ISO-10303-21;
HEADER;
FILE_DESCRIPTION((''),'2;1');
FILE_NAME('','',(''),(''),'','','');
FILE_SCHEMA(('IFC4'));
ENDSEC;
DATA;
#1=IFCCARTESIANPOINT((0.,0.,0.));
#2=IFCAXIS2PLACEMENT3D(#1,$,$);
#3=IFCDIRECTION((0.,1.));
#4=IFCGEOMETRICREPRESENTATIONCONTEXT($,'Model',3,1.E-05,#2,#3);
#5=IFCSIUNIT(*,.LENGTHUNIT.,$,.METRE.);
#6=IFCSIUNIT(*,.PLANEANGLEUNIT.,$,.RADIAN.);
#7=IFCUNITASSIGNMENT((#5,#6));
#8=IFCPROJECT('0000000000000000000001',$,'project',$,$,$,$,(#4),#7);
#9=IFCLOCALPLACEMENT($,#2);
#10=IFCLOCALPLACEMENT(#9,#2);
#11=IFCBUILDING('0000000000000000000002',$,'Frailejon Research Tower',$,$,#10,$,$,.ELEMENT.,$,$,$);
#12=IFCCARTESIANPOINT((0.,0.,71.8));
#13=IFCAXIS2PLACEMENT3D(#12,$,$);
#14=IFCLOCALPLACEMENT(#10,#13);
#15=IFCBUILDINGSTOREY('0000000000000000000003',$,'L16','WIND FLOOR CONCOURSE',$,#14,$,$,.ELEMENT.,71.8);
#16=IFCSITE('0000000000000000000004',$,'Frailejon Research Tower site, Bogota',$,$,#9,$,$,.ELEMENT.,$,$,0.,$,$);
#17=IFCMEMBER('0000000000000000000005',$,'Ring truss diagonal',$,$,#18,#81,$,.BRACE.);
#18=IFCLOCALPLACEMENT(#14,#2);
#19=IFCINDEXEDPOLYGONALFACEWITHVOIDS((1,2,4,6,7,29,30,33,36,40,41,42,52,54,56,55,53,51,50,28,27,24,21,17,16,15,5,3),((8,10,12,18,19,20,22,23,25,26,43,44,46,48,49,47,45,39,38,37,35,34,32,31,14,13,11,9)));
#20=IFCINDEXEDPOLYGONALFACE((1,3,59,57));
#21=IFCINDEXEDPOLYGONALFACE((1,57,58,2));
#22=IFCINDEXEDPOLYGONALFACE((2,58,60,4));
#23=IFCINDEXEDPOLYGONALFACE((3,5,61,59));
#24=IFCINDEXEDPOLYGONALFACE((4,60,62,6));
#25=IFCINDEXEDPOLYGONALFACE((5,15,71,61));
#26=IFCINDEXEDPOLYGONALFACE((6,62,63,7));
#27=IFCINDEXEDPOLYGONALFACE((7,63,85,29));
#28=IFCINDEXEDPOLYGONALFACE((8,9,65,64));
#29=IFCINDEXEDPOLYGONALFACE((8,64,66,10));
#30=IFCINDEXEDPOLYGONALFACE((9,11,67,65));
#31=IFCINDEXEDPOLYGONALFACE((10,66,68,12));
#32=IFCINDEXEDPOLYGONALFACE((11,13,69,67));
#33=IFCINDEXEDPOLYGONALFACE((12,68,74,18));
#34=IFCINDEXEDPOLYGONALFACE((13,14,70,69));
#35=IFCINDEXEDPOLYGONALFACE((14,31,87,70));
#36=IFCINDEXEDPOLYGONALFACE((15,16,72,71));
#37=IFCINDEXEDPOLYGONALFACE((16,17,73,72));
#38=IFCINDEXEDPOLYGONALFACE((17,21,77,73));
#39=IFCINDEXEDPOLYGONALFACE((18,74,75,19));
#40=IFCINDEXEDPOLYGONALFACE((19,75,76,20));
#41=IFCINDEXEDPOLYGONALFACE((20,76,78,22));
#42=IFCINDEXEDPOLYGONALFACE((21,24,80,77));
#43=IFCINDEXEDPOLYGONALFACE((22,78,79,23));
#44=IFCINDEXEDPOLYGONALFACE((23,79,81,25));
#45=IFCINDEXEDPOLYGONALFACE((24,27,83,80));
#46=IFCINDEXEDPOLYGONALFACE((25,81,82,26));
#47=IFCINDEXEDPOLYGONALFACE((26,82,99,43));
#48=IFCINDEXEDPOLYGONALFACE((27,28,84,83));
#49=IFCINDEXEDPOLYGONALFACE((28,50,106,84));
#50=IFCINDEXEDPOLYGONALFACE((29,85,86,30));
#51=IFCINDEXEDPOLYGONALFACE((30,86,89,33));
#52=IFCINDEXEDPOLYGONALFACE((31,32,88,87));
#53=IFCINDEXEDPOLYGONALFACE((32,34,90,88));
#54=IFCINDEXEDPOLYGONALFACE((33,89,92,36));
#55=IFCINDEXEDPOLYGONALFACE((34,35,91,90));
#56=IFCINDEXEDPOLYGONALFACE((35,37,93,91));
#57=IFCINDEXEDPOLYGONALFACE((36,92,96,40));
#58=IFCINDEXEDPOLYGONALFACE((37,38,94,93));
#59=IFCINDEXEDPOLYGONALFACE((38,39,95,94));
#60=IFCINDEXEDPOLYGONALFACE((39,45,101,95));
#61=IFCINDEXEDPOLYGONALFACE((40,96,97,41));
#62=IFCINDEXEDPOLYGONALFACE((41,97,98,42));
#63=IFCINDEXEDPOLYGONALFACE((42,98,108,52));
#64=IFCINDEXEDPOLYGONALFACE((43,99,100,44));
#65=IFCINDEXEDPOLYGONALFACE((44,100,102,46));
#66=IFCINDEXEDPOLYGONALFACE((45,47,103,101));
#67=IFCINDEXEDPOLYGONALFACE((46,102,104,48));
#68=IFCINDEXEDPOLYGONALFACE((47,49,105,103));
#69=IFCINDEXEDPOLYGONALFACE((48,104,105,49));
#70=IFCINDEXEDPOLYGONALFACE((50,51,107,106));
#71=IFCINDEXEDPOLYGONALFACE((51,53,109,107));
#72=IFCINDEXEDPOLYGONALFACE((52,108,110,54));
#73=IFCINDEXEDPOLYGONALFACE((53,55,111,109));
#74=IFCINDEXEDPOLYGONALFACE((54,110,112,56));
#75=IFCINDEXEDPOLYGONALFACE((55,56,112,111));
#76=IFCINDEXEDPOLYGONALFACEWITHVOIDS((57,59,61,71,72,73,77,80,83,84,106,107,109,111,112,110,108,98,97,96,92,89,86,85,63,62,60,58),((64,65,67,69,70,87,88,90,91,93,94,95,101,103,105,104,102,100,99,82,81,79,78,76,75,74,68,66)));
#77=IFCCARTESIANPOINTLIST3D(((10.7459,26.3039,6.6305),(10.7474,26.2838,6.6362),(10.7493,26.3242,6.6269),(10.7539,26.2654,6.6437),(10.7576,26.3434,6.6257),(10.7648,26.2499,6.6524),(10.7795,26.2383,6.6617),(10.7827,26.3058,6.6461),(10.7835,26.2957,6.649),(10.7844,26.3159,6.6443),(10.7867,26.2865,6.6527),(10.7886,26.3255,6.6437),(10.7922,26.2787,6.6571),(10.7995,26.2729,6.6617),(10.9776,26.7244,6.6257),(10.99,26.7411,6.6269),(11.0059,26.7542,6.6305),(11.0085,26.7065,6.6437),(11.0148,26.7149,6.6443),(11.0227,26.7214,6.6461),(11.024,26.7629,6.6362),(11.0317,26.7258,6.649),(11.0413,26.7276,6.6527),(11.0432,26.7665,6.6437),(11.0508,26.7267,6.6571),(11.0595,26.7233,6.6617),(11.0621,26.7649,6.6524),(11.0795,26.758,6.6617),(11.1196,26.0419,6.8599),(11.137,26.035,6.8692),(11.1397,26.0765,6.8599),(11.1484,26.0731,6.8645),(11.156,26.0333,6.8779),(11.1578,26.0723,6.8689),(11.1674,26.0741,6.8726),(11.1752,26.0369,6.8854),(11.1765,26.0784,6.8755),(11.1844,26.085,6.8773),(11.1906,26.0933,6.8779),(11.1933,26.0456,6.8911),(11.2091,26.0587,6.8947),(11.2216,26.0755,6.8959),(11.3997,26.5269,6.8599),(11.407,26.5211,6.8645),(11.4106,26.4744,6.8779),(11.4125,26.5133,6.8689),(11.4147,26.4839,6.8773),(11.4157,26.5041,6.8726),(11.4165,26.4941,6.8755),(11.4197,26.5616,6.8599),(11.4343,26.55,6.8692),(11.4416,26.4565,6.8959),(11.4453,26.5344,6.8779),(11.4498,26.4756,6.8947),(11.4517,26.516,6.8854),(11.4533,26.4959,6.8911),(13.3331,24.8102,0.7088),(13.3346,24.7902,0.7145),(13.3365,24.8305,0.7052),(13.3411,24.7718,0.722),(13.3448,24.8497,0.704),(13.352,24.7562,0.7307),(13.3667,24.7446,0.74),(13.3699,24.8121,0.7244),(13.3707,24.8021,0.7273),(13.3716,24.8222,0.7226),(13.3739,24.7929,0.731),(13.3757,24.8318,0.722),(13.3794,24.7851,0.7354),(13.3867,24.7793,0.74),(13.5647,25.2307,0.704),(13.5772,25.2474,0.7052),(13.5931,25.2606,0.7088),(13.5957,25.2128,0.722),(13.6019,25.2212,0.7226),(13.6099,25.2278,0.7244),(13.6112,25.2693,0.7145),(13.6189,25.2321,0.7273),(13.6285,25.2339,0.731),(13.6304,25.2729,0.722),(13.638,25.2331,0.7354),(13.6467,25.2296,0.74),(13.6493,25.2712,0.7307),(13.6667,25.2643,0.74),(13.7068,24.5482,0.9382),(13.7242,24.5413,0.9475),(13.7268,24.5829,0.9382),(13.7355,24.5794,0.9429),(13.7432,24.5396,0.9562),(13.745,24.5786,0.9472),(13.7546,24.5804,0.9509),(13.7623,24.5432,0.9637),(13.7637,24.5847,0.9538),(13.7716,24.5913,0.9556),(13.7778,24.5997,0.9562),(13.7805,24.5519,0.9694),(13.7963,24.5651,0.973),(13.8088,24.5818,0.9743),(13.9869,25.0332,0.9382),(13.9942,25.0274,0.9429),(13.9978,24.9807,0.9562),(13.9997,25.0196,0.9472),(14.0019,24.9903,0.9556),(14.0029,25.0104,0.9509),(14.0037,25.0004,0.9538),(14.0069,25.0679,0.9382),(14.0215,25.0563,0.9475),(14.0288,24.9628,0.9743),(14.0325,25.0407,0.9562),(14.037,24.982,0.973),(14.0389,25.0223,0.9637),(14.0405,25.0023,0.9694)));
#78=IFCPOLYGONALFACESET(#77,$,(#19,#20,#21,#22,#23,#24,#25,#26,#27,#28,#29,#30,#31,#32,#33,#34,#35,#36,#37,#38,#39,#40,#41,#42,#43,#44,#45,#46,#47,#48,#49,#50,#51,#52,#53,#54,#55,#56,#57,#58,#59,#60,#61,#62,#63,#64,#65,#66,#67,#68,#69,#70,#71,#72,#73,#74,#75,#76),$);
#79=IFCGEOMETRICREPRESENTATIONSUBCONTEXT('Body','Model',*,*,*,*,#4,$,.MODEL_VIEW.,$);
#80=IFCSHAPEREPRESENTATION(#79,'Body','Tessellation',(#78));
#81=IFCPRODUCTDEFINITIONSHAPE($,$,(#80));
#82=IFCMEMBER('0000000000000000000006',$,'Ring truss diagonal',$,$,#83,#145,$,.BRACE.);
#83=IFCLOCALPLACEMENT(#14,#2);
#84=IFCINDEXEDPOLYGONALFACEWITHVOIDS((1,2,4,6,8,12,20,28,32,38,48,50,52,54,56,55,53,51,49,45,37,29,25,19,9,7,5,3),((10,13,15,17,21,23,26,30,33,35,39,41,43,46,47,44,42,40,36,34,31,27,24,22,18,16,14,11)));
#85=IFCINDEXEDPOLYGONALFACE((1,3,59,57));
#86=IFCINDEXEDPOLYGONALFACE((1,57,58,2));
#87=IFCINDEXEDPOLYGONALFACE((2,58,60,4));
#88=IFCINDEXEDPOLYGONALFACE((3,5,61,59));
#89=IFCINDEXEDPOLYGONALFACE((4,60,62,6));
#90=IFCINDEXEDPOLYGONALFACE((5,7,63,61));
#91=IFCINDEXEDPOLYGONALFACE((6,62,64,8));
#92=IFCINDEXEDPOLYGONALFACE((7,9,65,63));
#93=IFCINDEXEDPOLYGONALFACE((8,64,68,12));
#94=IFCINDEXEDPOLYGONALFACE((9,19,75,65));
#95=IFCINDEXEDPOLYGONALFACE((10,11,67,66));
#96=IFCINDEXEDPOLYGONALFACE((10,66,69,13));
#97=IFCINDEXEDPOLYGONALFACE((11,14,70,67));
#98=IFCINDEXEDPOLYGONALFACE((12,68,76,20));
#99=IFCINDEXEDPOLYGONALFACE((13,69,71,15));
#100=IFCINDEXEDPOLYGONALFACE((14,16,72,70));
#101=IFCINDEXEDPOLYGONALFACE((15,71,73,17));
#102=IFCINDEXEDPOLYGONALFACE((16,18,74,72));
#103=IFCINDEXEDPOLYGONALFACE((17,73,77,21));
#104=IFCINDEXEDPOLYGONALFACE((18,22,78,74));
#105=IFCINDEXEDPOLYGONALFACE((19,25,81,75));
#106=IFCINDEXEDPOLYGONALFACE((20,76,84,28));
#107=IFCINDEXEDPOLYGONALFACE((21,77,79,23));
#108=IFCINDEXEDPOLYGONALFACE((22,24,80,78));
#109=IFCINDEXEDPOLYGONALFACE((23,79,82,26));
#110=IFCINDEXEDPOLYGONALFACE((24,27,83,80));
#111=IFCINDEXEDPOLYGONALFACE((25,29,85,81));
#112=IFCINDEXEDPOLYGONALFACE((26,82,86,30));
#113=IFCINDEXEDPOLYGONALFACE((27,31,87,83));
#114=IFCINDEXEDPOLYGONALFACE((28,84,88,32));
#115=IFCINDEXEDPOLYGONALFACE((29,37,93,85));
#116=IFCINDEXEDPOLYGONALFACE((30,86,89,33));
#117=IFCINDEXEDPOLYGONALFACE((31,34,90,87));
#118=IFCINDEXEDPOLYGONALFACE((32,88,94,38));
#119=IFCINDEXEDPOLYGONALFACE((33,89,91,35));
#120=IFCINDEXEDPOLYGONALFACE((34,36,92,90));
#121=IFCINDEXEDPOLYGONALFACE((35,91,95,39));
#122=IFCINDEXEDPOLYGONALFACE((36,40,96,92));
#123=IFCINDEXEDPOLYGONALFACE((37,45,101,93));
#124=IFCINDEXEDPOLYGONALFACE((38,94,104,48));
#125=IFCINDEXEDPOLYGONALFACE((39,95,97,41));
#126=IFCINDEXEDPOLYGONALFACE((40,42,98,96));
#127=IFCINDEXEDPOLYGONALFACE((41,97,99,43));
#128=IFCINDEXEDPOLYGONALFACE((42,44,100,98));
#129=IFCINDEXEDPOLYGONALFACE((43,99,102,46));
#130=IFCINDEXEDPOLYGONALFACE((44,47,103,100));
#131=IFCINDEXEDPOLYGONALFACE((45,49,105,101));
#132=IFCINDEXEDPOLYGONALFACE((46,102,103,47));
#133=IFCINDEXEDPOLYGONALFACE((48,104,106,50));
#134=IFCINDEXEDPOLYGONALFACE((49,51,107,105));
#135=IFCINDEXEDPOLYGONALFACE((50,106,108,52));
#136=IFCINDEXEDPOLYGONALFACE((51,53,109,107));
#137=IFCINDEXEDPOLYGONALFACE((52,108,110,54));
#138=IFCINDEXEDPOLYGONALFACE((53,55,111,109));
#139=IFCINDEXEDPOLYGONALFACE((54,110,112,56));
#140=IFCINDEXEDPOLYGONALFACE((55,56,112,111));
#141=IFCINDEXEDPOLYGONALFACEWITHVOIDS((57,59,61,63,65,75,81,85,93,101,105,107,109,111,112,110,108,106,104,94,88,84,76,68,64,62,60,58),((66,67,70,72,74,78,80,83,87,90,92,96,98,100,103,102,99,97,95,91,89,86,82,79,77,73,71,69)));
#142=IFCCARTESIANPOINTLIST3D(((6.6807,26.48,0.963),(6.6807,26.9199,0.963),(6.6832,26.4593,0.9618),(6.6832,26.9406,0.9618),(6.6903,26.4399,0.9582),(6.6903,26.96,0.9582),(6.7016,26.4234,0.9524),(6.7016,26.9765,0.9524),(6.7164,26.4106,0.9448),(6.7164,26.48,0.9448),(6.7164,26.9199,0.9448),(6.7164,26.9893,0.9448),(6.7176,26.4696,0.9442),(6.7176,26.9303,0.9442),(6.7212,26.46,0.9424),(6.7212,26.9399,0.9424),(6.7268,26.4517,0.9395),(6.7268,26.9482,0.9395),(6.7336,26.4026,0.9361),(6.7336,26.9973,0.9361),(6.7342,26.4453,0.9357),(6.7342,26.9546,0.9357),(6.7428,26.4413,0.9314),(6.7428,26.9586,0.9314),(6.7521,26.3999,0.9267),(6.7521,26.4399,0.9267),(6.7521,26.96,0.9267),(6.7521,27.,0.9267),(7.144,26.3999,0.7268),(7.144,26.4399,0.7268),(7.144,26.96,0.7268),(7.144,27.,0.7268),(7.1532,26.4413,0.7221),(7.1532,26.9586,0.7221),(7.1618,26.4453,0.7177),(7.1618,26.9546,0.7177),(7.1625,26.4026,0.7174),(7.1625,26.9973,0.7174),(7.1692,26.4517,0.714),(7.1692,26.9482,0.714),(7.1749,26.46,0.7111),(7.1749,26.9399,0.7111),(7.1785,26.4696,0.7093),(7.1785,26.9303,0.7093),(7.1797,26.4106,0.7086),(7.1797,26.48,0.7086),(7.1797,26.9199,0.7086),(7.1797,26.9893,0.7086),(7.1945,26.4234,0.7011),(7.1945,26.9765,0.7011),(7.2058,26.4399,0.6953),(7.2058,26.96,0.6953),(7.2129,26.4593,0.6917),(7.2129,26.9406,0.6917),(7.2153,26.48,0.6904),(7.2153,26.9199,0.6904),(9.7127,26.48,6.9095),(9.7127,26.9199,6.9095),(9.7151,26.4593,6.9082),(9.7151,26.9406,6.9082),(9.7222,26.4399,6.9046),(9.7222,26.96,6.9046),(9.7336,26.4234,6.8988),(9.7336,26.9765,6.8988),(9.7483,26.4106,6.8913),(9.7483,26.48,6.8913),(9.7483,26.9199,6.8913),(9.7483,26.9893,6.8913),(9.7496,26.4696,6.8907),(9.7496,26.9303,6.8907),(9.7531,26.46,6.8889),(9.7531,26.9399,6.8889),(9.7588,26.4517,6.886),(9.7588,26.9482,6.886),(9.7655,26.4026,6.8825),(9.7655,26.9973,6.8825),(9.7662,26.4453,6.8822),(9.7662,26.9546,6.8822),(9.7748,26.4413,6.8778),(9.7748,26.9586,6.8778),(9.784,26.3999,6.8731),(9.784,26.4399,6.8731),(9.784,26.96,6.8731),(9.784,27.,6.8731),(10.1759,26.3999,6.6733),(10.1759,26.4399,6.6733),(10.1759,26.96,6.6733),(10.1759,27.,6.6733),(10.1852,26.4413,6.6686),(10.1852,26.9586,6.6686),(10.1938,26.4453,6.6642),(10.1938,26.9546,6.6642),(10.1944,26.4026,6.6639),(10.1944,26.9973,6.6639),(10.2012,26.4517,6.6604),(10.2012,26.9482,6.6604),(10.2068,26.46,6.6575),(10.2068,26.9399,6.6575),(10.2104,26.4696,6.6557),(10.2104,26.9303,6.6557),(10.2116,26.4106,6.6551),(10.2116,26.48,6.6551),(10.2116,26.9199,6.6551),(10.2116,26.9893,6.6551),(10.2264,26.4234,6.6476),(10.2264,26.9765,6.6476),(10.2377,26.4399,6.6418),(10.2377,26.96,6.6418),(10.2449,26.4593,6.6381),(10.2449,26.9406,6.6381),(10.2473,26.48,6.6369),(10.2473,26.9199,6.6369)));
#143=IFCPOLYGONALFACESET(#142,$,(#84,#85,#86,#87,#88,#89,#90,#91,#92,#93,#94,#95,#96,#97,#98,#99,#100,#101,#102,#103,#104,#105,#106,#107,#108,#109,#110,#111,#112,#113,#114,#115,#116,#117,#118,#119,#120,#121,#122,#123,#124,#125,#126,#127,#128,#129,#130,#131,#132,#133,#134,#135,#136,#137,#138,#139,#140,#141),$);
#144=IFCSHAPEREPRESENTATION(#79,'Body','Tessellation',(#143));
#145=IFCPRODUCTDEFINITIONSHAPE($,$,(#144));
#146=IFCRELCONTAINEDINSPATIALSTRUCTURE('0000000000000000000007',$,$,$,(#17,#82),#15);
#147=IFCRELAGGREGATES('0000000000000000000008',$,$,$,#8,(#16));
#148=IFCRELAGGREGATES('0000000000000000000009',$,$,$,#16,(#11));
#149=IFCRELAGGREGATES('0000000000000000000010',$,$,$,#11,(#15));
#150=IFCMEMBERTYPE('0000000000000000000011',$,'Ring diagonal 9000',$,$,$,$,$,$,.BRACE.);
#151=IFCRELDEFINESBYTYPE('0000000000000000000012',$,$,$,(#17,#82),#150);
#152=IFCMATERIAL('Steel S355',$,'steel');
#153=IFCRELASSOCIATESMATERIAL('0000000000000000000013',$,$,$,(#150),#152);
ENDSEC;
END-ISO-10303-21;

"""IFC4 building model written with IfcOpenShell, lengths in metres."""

from ifc_helpers import new_model, si_unit, direction, frame, origin, origin_2d, place, context, subcontext, project, spatial, hollow_rectangle, extrude, material, material_profile, profile_set, type_object, element, save


model = new_model("IFC4")

# Units and contexts
model_context = context("Model", 3, precision=1e-05, world=origin(), true_north=direction((0.0, 1.0)))
body_context = subcontext(model_context, "Body", "Model", "MODEL_VIEW")
ifc_project = project(units=[si_unit("LENGTHUNIT", "METRE"), si_unit("PLANEANGLEUNIT", "RADIAN")], contexts=[model_context])

# Site, building, storey
site_placement = place(None, origin())
site = spatial("IfcSite", under=ifc_project, at=site_placement, Name="Frailejon Research Tower site, Bogota", CompositionType="ELEMENT", RefElevation=0.0)
building_placement = place(site_placement, origin())
building = spatial("IfcBuilding", under=site, at=building_placement, Name="Frailejon Research Tower", CompositionType="ELEMENT")
storey_placement = place(building_placement, frame((0.0, 0.0, 71.8)))
storey = spatial("IfcBuildingStorey", under=building, at=storey_placement, Name="L16", Description="WIND FLOOR CONCOURSE", CompositionType="ELEMENT", Elevation=71.8)

# Members
ifc_material_1 = material(Name="Steel S355", Category="steel")
ifc_material_profile_1 = material_profile(ifc_material_1, hollow_rectangle(XDim=0.6001, YDim=0.6001, WallThickness=0.04, InnerFilletRadius=0.04, OuterFilletRadius=0.0801, at=origin_2d()), Name="Ring diagonal 9000")
ifc_profile_set_1 = profile_set([ifc_material_profile_1], Name="Steel S355")
member_type = type_object("IfcMemberType", Name="Ring diagonal 9000", PredefinedType="BRACE", material=ifc_profile_set_1)
member_1_placement = place(storey_placement, frame((13.6868, 24.9062, 0.8391), z_axis=(-0.390073, 0.225202, 0.89282), x_axis=(-0.499989, -0.866032, 0.0)))
element("IfcMember", 1, at=member_1_placement, inside=storey, type_object=member_type, Name="Ring truss diagonal", PredefinedType="BRACE", context=body_context, shape_type="SweptSolid", body=[
    extrude(hollow_rectangle(XDim=0.6001, YDim=0.6001, WallThickness=0.04, InnerFilletRadius=0.04, OuterFilletRadius=0.0801, at=origin_2d()), origin(), (0.0, 0.0, 1.0), 6.6326),
])
for number, where, z_axis, x_axis, name in (
    (2, (9.98, 26.7, 6.7732), (-0.454237, 0.0, -0.890881), (0.0, -1.0, 0.0), "Ring truss diagonal"),
):
    element("IfcMember", number, at=place(storey_placement, frame(where, z_axis=z_axis, x_axis=x_axis)), inside=storey, type_object=member_type, Name=name, PredefinedType="BRACE", context=body_context, shape_type="SweptSolid", body=[
        extrude(hollow_rectangle(XDim=0.6001, YDim=0.6001, WallThickness=0.04, InnerFilletRadius=0.04, OuterFilletRadius=0.0801, at=origin_2d()), origin(), (0.0, 0.0, 1.0), 6.6748),
    ])

save(model, "model.ifc")
